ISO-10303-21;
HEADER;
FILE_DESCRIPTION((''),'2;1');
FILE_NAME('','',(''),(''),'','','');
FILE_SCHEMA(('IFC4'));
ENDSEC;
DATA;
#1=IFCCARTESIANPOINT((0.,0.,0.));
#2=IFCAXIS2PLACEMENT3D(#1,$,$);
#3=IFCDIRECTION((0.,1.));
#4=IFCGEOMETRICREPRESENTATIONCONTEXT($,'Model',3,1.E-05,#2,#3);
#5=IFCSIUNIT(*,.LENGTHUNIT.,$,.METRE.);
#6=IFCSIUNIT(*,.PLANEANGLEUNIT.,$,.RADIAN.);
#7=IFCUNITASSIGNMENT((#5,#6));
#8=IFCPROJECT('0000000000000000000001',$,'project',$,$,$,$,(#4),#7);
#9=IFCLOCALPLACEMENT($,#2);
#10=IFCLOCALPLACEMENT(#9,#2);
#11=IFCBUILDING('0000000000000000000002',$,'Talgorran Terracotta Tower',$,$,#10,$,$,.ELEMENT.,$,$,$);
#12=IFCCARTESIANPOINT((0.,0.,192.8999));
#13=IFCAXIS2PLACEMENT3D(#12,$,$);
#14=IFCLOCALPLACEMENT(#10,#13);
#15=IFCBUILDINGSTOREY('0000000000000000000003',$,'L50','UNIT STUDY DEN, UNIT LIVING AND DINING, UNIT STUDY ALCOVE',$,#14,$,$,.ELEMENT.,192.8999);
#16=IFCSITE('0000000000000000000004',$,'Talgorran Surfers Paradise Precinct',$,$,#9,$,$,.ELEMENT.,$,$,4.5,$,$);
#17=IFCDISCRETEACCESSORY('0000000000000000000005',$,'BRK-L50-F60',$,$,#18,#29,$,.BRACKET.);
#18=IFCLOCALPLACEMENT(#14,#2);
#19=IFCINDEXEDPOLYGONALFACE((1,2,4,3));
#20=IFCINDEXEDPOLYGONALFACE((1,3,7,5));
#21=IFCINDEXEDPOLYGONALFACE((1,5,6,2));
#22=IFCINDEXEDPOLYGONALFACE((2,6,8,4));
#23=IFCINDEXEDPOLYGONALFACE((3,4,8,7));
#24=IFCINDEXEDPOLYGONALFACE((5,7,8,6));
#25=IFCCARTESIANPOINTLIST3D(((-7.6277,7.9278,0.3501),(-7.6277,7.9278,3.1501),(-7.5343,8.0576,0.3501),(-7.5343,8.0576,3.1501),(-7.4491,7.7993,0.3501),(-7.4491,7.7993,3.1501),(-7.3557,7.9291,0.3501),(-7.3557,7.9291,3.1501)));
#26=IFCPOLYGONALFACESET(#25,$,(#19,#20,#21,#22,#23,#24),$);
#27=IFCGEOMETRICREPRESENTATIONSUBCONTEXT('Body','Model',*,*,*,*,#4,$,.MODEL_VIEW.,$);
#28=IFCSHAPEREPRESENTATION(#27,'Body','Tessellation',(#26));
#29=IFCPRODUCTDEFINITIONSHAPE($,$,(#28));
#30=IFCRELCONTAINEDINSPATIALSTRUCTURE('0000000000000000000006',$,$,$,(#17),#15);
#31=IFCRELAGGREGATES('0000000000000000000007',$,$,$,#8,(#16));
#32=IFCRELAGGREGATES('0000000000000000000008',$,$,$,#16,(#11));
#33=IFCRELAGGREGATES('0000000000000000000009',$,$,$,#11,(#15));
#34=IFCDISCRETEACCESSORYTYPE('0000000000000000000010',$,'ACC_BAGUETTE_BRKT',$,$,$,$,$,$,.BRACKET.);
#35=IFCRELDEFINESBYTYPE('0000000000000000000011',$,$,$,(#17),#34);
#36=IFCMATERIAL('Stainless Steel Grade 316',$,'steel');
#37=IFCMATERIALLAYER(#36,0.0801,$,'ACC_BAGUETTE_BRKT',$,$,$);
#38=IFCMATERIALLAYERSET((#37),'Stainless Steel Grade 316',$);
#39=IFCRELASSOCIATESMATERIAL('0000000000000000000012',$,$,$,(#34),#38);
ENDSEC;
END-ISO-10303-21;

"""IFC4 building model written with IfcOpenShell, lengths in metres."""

from ifc_helpers import new_model, si_unit, direction, frame, origin, origin_2d, place, context, subcontext, project, spatial, rectangle, extrude, source, transform, mapped, material, layer, layer_set, type_object, type_shapes, element, save


model = new_model("IFC4")

# Units and contexts
model_context = context("Model", 3, precision=1e-05, world=origin(), true_north=direction((0.0, 1.0)))
body_context = subcontext(model_context, "Body", "Model", "MODEL_VIEW")
ifc_project = project(units=[si_unit("LENGTHUNIT", "METRE"), si_unit("PLANEANGLEUNIT", "RADIAN")], contexts=[model_context])

# Site, building, storey
site_placement = place(None, origin())
site = spatial("IfcSite", under=ifc_project, at=site_placement, Name="Talgorran Surfers Paradise Precinct", CompositionType="ELEMENT", RefElevation=4.5)
building_placement = place(site_placement, origin())
building = spatial("IfcBuilding", under=site, at=building_placement, Name="Talgorran Terracotta Tower", CompositionType="ELEMENT")
storey_placement = place(building_placement, frame((0.0, 0.0, 192.8999)))
storey = spatial("IfcBuildingStorey", under=building, at=storey_placement, Name="L50", Description="UNIT STUDY DEN, UNIT LIVING AND DINING, UNIT STUDY ALCOVE", CompositionType="ELEMENT", Elevation=192.8999)

# Discrete accessory
ifc_material_1 = material(Name="Stainless Steel Grade 316", Category="steel")
ifc_layer_1 = layer(ifc_material_1, 0.0801, Name="ACC_BAGUETTE_BRKT")
ifc_layer_set_1 = layer_set([ifc_layer_1], Name="Stainless Steel Grade 316")
discrete_accessory_type = type_object("IfcDiscreteAccessoryType", Name="ACC_BAGUETTE_BRKT", PredefinedType="BRACKET", material=ifc_layer_set_1)
shared_shape_1 = source(origin(), body_context, "Body", "SweptSolid", [
    extrude(rectangle(XDim=0.1599, YDim=0.22, at=origin_2d()), origin(), (0.0, 0.0, 1.0), 2.8),
])
type_shapes(discrete_accessory_type, [shared_shape_1])
discrete_accessory_placement = place(storey_placement, frame((-7.4917, 7.9285, 0.3501), z_axis=(0.0, 0.0, 1.0), x_axis=(-0.583981, -0.811768, 0.0)))
element("IfcDiscreteAccessory", 1, at=discrete_accessory_placement, inside=storey, type_object=discrete_accessory_type, Name="BRK-L50-F60", PredefinedType="BRACKET", context=body_context, shape_type="MappedRepresentation", body=[
    mapped(shared_shape_1, transform((0.0, 0.0, 0.0), scale=1.0)),
])

save(model, "model.ifc")
